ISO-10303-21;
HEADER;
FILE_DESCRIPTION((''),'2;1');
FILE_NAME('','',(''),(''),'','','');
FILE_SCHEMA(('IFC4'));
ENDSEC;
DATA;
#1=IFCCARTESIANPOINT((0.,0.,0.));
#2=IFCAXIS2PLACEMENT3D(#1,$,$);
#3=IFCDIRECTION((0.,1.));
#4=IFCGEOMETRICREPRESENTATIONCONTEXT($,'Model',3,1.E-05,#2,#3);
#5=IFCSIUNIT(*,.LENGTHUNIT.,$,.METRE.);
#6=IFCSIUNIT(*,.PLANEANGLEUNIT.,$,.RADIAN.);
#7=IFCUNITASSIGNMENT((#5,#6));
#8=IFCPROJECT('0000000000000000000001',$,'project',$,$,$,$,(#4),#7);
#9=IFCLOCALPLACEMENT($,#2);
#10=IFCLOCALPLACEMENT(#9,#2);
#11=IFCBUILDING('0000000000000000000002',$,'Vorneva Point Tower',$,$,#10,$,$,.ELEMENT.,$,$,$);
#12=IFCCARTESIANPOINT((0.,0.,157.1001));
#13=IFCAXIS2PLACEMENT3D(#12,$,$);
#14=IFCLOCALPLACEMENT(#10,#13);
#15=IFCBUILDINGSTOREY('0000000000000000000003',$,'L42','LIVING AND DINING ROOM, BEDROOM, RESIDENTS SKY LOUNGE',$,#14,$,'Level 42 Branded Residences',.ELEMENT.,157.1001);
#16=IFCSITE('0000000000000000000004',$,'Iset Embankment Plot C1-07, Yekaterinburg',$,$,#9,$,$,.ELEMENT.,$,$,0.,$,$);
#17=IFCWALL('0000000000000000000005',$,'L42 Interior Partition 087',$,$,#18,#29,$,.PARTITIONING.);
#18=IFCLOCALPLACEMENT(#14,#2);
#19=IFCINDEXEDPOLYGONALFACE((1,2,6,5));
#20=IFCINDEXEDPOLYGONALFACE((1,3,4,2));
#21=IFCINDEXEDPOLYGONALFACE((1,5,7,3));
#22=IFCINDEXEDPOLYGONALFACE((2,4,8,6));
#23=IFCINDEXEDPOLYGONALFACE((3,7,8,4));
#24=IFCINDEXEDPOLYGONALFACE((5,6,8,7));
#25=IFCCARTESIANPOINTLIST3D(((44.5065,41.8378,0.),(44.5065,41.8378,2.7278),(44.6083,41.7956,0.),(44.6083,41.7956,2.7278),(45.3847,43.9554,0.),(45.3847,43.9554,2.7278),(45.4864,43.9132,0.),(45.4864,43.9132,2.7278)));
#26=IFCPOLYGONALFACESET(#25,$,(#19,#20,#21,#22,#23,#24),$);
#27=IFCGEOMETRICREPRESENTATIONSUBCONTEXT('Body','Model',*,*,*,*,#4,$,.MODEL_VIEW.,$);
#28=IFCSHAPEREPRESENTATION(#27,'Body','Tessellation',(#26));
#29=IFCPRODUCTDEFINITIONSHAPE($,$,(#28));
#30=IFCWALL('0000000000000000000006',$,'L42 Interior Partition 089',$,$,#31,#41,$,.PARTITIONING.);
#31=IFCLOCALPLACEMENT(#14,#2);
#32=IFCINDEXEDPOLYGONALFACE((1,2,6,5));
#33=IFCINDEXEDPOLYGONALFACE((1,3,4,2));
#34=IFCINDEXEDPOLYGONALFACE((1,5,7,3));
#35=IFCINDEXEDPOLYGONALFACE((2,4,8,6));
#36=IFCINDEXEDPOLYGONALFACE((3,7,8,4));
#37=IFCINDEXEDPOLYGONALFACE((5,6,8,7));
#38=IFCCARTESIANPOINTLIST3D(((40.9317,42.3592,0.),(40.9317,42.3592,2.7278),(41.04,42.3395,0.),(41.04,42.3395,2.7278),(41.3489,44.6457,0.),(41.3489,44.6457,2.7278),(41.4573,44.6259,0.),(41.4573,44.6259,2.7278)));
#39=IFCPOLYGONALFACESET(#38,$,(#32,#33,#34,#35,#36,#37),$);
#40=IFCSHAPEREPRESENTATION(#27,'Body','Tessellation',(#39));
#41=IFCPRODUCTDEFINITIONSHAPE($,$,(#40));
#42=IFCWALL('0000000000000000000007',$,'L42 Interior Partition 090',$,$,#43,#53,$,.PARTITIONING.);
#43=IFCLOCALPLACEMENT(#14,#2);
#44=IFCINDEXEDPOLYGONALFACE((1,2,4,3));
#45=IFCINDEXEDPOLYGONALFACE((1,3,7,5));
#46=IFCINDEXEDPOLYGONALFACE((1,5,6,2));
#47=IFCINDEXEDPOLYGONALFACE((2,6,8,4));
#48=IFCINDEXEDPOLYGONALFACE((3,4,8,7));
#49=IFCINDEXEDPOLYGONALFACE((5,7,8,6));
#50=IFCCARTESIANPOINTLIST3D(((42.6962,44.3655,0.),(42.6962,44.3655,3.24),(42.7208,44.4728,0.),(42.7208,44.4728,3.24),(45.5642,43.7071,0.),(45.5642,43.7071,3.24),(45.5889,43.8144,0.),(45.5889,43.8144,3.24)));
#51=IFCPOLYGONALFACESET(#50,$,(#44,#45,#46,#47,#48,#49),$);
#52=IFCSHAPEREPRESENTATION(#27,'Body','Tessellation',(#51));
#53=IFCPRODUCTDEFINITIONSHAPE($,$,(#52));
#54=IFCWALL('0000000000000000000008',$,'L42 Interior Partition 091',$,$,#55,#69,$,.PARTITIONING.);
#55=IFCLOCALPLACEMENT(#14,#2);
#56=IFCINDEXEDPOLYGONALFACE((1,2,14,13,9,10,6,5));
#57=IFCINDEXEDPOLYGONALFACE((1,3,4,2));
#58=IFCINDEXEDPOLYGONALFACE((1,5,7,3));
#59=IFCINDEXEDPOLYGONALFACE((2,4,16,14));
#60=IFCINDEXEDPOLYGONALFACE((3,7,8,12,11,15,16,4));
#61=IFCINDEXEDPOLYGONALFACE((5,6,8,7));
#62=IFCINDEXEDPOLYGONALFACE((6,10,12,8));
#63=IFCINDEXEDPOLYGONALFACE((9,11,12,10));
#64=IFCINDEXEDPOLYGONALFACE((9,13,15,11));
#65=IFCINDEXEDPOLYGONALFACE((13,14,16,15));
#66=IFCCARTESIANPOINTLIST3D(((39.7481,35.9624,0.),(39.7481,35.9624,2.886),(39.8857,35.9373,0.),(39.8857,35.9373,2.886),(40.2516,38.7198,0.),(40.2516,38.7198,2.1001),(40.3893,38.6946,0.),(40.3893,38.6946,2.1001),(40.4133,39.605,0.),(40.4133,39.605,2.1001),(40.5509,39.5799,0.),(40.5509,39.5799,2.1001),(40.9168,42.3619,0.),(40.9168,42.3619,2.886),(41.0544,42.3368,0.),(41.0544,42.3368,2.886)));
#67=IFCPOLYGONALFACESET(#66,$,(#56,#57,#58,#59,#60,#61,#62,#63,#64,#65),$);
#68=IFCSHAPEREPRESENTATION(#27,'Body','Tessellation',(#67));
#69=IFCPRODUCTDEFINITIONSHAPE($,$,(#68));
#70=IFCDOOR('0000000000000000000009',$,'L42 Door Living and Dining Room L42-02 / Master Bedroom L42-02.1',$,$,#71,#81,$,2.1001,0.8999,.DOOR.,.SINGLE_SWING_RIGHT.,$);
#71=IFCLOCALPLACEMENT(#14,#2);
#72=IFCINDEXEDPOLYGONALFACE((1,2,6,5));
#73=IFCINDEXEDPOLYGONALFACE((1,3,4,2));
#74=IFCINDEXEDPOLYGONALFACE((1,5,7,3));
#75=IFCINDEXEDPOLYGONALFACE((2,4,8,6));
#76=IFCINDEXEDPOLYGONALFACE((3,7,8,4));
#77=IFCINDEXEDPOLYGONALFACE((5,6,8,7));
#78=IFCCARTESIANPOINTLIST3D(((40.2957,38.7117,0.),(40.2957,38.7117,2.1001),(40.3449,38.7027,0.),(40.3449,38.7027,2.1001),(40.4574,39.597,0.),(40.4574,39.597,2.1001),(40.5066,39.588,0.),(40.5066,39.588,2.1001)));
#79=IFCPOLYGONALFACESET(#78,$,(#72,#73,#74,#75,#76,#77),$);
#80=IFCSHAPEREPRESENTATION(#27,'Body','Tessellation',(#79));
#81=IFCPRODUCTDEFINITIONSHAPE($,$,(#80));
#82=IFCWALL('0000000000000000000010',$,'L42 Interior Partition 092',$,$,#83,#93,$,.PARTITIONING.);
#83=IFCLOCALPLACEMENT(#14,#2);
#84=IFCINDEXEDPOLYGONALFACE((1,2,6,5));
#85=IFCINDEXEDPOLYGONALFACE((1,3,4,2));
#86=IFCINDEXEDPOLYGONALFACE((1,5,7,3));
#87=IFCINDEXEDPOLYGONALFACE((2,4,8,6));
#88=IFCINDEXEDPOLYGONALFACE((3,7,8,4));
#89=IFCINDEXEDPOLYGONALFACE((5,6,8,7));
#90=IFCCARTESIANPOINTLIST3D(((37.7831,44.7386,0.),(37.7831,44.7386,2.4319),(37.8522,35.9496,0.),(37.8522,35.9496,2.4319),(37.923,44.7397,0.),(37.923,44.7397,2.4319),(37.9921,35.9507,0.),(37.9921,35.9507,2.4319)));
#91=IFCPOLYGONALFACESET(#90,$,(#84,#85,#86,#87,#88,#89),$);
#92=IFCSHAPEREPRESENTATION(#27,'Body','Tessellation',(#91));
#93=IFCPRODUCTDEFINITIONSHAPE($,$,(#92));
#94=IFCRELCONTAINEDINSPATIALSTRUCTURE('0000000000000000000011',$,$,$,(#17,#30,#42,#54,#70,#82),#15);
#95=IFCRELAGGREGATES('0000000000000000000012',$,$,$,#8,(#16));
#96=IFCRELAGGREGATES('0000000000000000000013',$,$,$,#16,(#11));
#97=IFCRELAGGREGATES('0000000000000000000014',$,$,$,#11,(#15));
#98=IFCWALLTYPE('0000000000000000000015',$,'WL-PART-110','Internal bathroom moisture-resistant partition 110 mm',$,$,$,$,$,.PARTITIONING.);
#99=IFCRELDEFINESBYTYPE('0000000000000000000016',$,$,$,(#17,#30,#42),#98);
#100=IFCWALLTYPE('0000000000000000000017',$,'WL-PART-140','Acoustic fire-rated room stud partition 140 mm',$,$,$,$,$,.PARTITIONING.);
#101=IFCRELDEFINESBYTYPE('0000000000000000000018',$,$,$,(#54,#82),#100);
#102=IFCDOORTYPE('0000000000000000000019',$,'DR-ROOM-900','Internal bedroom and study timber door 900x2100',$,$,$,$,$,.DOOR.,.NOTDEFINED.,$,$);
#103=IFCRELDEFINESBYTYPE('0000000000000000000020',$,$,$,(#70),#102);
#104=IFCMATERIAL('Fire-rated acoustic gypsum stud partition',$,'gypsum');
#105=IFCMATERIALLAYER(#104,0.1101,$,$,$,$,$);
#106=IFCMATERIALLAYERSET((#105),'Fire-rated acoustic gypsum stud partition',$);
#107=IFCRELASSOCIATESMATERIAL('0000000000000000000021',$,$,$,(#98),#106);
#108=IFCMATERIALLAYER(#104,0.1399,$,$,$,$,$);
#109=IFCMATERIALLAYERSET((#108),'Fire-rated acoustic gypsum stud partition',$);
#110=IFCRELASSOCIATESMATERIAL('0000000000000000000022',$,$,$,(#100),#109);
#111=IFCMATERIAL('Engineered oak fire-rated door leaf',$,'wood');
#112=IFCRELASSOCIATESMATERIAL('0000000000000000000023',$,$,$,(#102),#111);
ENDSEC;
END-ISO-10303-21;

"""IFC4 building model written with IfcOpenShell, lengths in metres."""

from ifc_helpers import new_model, si_unit, direction, frame, frame_2d, origin, place, context, subcontext, project, spatial, rectangle, extrude, material, layer, layer_set, type_object, element, fill, save


model = new_model("IFC4")

# Units and contexts
model_context = context("Model", 3, precision=1e-05, world=origin(), true_north=direction((0.0, 1.0)))
body_context = subcontext(model_context, "Body", "Model", "MODEL_VIEW")
ifc_project = project(units=[si_unit("LENGTHUNIT", "METRE"), si_unit("PLANEANGLEUNIT", "RADIAN")], contexts=[model_context])

# Site, building, storey
site_placement = place(None, origin())
site = spatial("IfcSite", under=ifc_project, at=site_placement, Name="Iset Embankment Plot C1-07, Yekaterinburg", CompositionType="ELEMENT", RefElevation=0.0)
building_placement = place(site_placement, origin())
building = spatial("IfcBuilding", under=site, at=building_placement, Name="Vorneva Point Tower", CompositionType="ELEMENT")
storey_placement = place(building_placement, frame((0.0, 0.0, 157.1001)))
storey = spatial("IfcBuildingStorey", under=building, at=storey_placement, Name="L42", Description="LIVING AND DINING ROOM, BEDROOM, RESIDENTS SKY LOUNGE", LongName="Level 42 Branded Residences", CompositionType="ELEMENT", Elevation=157.1001)

# Walls
ifc_material_1 = material(Name="Fire-rated acoustic gypsum stud partition", Category="gypsum")
ifc_layer_1 = layer(ifc_material_1, 0.1101)
ifc_layer_set_1 = layer_set([ifc_layer_1], Name="Fire-rated acoustic gypsum stud partition")
wall_type_1 = type_object("IfcWallType", Name="WL-PART-110", Description="Internal bathroom moisture-resistant partition 110 mm", PredefinedType="PARTITIONING", material=ifc_layer_set_1)
wall_1_placement = place(storey_placement, frame((45.4355, 43.9343, 0.0), z_axis=(0.0, 0.0, 1.0), x_axis=(-0.383057, -0.923725, 0.0)))
element("IfcWall", 1, at=wall_1_placement, inside=storey, type_object=wall_type_1, Name="L42 Interior Partition 087", PredefinedType="PARTITIONING", context=body_context, shape_type="SweptSolid", body=[
    extrude(rectangle(XDim=2.2925, YDim=0.1101, at=frame_2d((1.1462, 0.0))), origin(), (0.0, 0.0, 1.0), 2.7278),
])
wall_2_placement = place(storey_placement, frame((40.9858, 42.3494, 0.0), z_axis=(0.0, 0.0, 1.0), x_axis=(0.179523, 0.983754, 0.0)))
element("IfcWall", 2, at=wall_2_placement, inside=storey, type_object=wall_type_1, Name="L42 Interior Partition 089", PredefinedType="PARTITIONING", context=body_context, shape_type="SweptSolid", body=[
    extrude(rectangle(XDim=2.3242, YDim=0.1101, at=frame_2d((1.1621, 0.0))), origin(), (0.0, 0.0, 1.0), 2.7278),
])
wall_3_placement = place(storey_placement, frame((45.5764, 43.7607, 0.0), z_axis=(0.0, 0.0, 1.0), x_axis=(-0.974642, 0.223769, 0.0)))
element("IfcWall", 3, at=wall_3_placement, inside=storey, type_object=wall_type_1, Name="L42 Interior Partition 090", PredefinedType="PARTITIONING", context=body_context, shape_type="SweptSolid", body=[
    extrude(rectangle(XDim=2.9426, YDim=0.1101, at=frame_2d((1.4712, 0.0))), origin(), (0.0, 0.0, 1.0), 3.24),
])

# Wall, opening, door
ifc_layer_2 = layer(ifc_material_1, 0.1399)
ifc_layer_set_2 = layer_set([ifc_layer_2], Name="Fire-rated acoustic gypsum stud partition")
wall_type_2 = type_object("IfcWallType", Name="WL-PART-140", Description="Acoustic fire-rated room stud partition 140 mm", PredefinedType="PARTITIONING", material=ifc_layer_set_2)
wall_4_placement = place(storey_placement, frame((40.9856, 42.3494, 0.0), z_axis=(0.0, 0.0, 1.0), x_axis=(-0.179655, -0.98373, 0.0)))
wall_4 = element("IfcWall", 4, at=wall_4_placement, inside=storey, type_object=wall_type_2, Name="L42 Interior Partition 091", PredefinedType="PARTITIONING", context=body_context, shape_type="SweptSolid", body=[
    extrude(rectangle(XDim=6.5054, YDim=0.1399, at=frame_2d((3.2527, 0.0))), origin(), (0.0, 0.0, 1.0), 2.886),
])
opening_1_placement = place(wall_4_placement, frame((2.8025, 0.0, 0.0)))
opening_1 = element("IfcOpeningElement", 5, at=opening_1_placement, cuts=wall_4, PredefinedType="OPENING", context=body_context, shape_type="SweptSolid", body=[
    extrude(rectangle(XDim=0.8999, YDim=2.1001, at=frame_2d((0.45, 1.05))), frame((0.0, 0.085, 0.0), z_axis=(0.0, -1.0, 0.0), x_axis=(1.0, 0.0, 0.0)), (0.0, 0.0, 1.0), 0.1697),
])
ifc_material_2 = material(Name="Engineered oak fire-rated door leaf", Category="wood")
door_type_1 = type_object("IfcDoorType", Name="DR-ROOM-900", Description="Internal bedroom and study timber door 900x2100", OperationType="NOTDEFINED", PredefinedType="DOOR", material=ifc_material_2)
door_1_placement = place(opening_1_placement, origin())
door_1 = element("IfcDoor", 6, at=door_1_placement, inside=storey, type_object=door_type_1, Name="L42 Door Living and Dining Room L42-02 / Master Bedroom L42-02.1", OperationType="SINGLE_SWING_RIGHT", OverallHeight=2.1001, OverallWidth=0.8999, PredefinedType="DOOR", context=body_context, shape_type="SweptSolid", body=[
    extrude(rectangle(XDim=0.8999, YDim=2.1001, at=frame_2d((0.45, 1.05))), frame((0.0, 0.0249, 0.0), z_axis=(0.0, -1.0, 0.0), x_axis=(1.0, 0.0, 0.0)), (0.0, 0.0, 1.0), 0.05),
])
fill(opening_1, door_1)

# Wall
wall_5_placement = place(storey_placement, frame((37.853, 44.739, 0.0), z_axis=(0.0, 0.0, 1.0), x_axis=(0.007861, -0.999969, 0.0)))
element("IfcWall", 7, at=wall_5_placement, inside=storey, type_object=wall_type_2, Name="L42 Interior Partition 092", PredefinedType="PARTITIONING", context=body_context, shape_type="SweptSolid", body=[
    extrude(rectangle(XDim=8.7893, YDim=0.1399, at=frame_2d((4.3945, 0.0))), origin(), (0.0, 0.0, 1.0), 2.4319),
])

save(model, "model.ifc")
